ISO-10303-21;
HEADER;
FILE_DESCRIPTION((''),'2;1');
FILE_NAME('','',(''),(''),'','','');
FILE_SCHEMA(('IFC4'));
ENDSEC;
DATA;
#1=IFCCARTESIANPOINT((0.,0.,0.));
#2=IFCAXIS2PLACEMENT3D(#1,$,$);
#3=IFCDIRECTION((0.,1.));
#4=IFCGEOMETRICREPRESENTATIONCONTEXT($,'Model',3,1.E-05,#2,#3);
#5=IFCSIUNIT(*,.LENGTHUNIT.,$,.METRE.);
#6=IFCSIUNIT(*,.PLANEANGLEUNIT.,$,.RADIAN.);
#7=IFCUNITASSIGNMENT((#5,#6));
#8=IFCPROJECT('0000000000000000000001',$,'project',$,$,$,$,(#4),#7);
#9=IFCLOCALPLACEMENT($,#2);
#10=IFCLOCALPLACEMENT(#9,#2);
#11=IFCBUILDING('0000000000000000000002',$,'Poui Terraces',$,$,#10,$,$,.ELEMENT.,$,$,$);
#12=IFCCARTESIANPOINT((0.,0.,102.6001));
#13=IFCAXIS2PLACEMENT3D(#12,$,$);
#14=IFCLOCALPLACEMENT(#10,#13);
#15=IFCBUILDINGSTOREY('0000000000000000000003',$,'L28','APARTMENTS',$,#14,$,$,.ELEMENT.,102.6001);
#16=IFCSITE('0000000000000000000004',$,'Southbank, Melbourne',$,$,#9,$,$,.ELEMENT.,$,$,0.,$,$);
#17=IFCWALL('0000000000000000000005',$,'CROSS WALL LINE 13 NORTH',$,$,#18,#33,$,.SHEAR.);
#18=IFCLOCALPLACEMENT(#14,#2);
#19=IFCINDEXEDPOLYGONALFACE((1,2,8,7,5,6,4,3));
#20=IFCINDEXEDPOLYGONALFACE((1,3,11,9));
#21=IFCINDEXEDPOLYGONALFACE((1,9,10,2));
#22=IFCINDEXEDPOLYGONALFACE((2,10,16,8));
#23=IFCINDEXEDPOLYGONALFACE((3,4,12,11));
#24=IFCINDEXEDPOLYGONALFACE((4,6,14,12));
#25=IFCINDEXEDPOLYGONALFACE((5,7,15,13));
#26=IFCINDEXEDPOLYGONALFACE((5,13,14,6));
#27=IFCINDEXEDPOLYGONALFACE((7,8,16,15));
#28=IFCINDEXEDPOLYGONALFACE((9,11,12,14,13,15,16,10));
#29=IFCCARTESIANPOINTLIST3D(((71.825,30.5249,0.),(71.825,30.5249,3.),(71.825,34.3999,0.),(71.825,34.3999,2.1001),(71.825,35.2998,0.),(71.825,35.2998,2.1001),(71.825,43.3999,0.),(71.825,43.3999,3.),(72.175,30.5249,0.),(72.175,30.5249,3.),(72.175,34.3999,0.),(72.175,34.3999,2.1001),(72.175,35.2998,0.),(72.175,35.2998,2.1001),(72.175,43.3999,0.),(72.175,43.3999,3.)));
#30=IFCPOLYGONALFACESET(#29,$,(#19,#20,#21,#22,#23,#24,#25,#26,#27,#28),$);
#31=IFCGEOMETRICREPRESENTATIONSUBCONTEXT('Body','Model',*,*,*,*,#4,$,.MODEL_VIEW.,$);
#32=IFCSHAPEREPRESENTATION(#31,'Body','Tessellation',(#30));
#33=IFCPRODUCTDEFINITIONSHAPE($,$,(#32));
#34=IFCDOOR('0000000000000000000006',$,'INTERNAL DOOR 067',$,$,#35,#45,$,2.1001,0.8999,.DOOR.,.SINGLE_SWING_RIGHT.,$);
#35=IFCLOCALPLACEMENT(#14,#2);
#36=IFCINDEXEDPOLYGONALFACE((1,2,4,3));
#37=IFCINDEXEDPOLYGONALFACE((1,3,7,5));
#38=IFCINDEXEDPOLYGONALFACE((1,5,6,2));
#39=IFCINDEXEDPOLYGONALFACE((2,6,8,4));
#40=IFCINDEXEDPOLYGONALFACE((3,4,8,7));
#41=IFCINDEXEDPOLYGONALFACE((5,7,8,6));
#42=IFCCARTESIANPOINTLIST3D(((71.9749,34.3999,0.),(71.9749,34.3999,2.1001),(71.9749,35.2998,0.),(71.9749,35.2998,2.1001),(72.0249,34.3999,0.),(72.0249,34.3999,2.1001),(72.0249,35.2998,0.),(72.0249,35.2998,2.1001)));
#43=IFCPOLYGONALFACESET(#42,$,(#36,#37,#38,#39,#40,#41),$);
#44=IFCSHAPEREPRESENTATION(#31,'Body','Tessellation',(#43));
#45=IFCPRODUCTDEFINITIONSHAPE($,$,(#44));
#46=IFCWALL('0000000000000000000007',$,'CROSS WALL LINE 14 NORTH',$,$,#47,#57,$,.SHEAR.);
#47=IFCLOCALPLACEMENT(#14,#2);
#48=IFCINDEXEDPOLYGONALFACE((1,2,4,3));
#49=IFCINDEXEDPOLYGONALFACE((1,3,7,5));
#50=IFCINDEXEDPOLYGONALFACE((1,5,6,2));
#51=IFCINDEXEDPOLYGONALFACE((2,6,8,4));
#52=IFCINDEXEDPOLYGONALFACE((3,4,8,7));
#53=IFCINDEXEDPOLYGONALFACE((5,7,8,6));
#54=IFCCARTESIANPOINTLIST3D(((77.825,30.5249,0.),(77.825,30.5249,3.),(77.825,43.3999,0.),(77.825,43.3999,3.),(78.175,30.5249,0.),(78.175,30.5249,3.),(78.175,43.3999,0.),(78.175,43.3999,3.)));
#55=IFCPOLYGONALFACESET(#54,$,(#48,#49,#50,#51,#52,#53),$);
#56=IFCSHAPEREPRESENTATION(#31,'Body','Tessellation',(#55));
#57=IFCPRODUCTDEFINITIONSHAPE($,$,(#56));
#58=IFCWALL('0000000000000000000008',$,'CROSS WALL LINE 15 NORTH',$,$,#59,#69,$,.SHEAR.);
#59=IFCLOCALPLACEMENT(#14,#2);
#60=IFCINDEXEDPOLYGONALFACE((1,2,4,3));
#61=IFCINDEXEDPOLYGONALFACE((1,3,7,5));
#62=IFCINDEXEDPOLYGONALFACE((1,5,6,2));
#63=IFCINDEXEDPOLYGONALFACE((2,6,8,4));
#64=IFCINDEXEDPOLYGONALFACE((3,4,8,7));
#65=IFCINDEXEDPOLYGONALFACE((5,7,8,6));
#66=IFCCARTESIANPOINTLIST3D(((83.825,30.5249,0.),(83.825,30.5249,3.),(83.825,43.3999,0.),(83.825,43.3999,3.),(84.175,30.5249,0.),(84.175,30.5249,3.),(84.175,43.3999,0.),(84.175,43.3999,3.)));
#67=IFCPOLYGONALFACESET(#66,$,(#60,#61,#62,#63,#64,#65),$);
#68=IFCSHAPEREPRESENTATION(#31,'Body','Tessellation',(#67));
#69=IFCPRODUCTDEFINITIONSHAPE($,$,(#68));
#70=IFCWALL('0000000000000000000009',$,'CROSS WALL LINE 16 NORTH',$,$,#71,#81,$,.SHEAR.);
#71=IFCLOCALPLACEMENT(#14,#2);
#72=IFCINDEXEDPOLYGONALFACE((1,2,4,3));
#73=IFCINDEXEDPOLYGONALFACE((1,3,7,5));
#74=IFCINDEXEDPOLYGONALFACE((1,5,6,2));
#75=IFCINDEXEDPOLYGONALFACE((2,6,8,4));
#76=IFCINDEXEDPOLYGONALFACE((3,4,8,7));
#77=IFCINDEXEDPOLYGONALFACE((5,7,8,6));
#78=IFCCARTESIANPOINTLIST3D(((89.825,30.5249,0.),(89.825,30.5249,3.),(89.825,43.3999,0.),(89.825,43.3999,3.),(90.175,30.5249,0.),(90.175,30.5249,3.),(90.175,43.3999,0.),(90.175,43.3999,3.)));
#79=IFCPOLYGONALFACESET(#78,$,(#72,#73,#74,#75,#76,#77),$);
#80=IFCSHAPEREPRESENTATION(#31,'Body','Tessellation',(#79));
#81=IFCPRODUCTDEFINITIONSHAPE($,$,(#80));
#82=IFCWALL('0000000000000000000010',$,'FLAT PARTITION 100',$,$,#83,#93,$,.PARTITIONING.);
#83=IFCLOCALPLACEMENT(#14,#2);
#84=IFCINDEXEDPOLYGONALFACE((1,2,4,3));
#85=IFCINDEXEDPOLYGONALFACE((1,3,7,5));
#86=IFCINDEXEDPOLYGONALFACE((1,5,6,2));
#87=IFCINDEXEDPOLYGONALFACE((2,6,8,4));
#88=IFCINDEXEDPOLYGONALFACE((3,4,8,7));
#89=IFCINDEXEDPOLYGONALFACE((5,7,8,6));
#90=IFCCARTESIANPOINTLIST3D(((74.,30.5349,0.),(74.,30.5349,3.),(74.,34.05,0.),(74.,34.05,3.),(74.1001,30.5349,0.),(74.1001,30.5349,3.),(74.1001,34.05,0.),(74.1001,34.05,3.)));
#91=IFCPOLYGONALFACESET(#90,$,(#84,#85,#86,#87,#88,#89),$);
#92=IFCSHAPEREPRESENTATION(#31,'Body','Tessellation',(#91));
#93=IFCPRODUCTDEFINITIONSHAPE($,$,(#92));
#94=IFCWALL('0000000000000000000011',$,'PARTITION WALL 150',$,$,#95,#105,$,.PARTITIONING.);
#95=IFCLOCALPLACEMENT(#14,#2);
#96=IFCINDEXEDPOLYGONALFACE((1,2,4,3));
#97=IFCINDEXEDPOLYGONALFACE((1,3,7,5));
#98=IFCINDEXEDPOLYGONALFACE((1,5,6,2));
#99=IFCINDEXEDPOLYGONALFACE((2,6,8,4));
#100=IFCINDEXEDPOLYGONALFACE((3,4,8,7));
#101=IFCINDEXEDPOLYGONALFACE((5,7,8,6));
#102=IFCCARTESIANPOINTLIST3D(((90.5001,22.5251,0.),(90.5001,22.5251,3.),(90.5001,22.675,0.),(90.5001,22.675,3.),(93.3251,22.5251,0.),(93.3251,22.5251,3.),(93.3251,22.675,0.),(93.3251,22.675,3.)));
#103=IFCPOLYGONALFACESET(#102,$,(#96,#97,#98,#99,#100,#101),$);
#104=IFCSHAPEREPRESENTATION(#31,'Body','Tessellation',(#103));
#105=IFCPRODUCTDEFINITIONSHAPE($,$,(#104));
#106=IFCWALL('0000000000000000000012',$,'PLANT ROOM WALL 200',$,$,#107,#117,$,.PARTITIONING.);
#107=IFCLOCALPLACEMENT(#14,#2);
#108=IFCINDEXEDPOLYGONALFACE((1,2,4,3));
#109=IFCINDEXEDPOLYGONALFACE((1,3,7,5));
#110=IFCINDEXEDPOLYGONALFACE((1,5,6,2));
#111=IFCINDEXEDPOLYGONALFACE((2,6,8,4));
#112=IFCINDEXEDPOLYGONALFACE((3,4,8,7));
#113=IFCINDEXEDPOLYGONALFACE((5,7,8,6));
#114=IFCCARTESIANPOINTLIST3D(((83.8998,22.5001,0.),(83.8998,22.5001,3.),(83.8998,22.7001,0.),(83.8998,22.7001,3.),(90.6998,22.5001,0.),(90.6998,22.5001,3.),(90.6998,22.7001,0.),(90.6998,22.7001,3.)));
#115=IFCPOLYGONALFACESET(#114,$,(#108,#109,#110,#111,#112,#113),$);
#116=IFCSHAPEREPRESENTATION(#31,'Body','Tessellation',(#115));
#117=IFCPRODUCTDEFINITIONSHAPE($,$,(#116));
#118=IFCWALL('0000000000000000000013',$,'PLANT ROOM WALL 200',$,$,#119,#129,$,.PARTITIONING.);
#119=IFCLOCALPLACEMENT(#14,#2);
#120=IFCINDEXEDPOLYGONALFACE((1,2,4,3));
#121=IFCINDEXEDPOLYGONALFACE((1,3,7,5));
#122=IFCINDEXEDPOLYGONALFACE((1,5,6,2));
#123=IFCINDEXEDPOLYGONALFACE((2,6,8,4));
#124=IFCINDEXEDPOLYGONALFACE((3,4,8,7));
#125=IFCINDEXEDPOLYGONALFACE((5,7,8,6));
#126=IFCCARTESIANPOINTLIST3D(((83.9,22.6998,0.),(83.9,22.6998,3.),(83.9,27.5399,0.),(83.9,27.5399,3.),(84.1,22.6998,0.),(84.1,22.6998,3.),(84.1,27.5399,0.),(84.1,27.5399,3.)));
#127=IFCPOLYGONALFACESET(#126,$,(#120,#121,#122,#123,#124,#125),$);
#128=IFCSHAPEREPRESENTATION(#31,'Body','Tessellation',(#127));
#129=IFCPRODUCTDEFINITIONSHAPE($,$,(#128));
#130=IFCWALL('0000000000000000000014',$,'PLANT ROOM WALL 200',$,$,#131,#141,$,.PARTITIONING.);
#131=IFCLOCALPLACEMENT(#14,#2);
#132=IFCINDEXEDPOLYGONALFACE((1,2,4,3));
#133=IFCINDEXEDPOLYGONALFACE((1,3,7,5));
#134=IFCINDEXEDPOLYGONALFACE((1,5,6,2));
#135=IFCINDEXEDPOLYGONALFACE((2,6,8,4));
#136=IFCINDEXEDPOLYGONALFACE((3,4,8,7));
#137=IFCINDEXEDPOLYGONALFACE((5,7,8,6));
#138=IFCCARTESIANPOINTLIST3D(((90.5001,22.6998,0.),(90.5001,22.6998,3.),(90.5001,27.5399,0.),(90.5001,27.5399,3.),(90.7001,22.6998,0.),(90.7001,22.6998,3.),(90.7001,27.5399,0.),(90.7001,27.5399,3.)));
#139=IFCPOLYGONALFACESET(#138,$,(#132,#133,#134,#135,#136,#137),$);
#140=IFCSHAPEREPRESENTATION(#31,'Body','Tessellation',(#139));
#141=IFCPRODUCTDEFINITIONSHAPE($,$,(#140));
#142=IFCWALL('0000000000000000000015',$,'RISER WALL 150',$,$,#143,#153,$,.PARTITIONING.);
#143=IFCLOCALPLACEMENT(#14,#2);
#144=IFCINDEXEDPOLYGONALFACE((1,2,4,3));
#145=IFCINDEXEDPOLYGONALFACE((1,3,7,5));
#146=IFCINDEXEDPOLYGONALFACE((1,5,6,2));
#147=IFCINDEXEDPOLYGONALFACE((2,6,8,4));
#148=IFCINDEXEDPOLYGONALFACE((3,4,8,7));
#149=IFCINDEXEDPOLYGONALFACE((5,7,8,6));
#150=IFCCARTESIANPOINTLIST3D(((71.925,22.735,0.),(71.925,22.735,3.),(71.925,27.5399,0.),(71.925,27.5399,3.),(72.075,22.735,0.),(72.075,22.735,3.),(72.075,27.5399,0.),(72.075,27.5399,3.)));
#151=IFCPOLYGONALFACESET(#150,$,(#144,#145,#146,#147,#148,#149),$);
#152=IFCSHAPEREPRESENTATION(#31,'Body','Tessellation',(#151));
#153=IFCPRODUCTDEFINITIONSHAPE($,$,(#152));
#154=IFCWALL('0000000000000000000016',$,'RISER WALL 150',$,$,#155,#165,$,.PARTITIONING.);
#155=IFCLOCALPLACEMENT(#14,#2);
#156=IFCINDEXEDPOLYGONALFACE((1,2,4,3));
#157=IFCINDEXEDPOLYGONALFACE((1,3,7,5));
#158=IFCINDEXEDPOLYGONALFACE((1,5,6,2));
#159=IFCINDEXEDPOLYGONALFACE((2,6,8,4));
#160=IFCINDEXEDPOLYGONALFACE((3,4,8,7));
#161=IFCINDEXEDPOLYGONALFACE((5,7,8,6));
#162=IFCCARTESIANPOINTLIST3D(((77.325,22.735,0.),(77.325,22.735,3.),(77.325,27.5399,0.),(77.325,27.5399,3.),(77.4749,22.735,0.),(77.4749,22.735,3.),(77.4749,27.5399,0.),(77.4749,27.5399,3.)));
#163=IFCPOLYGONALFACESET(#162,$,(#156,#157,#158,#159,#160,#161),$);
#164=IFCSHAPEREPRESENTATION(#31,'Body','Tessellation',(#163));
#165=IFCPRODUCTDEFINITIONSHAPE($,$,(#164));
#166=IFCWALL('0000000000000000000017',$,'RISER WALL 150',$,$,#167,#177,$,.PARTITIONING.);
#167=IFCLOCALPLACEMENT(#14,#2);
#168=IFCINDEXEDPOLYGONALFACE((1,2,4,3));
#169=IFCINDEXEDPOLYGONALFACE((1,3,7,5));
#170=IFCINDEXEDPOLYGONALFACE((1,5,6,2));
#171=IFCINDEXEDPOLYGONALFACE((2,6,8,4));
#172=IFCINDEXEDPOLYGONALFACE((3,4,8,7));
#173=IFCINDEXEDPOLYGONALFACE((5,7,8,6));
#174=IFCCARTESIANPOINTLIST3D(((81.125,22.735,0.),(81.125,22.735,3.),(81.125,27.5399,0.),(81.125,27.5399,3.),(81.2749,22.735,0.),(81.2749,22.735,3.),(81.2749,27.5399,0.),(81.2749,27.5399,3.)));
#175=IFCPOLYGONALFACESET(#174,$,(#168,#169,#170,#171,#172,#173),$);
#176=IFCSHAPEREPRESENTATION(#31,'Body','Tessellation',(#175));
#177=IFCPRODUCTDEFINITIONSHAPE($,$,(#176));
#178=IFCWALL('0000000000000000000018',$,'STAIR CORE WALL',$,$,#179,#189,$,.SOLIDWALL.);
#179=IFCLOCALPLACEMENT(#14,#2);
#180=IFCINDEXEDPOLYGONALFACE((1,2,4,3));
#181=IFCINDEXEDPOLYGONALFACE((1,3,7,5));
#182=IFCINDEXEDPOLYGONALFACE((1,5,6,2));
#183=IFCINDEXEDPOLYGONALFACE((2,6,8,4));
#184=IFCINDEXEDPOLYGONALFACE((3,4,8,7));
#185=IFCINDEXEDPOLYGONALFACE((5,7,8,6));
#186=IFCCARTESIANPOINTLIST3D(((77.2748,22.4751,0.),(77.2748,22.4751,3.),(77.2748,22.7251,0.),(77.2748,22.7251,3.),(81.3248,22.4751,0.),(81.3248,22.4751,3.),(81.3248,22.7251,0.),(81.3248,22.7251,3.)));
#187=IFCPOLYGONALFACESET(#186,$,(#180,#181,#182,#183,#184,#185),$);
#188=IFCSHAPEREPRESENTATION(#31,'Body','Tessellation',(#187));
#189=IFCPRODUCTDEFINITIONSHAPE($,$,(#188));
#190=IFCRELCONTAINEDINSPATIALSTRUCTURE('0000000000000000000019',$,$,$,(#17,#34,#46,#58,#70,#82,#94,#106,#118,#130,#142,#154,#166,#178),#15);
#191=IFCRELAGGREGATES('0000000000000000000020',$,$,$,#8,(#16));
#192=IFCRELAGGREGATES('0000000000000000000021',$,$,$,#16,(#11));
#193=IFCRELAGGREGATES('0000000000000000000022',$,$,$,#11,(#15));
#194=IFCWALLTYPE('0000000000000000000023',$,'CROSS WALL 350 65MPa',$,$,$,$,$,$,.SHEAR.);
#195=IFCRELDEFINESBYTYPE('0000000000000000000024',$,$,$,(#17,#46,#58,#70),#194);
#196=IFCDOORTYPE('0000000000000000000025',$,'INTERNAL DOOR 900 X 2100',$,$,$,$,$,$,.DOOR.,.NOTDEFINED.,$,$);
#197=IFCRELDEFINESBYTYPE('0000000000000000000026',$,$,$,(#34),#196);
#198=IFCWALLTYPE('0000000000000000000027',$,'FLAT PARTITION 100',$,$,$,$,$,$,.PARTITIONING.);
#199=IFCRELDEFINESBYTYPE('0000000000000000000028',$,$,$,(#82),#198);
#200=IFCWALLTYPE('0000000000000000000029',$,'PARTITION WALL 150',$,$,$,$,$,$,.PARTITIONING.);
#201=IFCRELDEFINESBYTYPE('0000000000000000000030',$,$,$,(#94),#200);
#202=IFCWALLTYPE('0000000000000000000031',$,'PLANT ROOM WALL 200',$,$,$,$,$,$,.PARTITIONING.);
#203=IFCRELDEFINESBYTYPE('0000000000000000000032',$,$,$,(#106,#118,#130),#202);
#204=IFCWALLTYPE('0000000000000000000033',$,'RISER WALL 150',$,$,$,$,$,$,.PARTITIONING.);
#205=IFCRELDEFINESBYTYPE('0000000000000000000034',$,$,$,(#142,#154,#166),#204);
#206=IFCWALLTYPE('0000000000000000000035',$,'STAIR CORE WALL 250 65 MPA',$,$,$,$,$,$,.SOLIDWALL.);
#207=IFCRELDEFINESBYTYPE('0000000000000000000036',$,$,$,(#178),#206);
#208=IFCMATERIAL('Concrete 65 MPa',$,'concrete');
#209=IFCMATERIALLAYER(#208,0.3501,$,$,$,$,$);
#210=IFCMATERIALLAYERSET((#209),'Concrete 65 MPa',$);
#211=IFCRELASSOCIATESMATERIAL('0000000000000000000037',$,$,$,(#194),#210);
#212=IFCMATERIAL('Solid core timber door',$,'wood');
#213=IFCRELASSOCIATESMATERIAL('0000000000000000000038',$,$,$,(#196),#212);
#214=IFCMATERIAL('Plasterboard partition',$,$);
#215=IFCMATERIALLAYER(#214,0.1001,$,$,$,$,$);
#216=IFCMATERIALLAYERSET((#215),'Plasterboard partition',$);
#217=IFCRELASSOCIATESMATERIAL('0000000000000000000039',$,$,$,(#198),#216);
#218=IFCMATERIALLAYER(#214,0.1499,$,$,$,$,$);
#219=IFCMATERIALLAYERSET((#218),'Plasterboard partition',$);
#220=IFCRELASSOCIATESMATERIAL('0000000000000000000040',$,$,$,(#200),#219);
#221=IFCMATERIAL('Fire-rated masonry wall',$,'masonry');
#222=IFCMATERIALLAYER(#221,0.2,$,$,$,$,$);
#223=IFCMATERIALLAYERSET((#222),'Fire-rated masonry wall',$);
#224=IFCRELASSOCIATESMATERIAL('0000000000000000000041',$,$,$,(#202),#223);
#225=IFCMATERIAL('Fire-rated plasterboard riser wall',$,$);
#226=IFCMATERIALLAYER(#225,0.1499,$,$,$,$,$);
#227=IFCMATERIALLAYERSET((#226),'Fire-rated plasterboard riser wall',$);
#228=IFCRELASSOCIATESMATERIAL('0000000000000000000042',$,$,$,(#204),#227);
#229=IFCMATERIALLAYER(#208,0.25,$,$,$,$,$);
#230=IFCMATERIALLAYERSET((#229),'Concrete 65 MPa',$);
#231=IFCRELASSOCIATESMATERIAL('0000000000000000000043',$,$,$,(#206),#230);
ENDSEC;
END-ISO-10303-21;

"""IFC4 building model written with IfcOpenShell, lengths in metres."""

from ifc_helpers import new_model, si_unit, direction, frame, frame_2d, origin, place, context, subcontext, project, spatial, rectangle, extrude, material, layer, layer_set, type_object, element, fill, save


model = new_model("IFC4")

# Units and contexts
model_context = context("Model", 3, precision=1e-05, world=origin(), true_north=direction((0.0, 1.0)))
body_context = subcontext(model_context, "Body", "Model", "MODEL_VIEW")
ifc_project = project(units=[si_unit("LENGTHUNIT", "METRE"), si_unit("PLANEANGLEUNIT", "RADIAN")], contexts=[model_context])

# Site, building, storey
site_placement = place(None, origin())
site = spatial("IfcSite", under=ifc_project, at=site_placement, Name="Southbank, Melbourne", CompositionType="ELEMENT", RefElevation=0.0)
building_placement = place(site_placement, origin())
building = spatial("IfcBuilding", under=site, at=building_placement, Name="Poui Terraces", CompositionType="ELEMENT")
storey_placement = place(building_placement, frame((0.0, 0.0, 102.6001)))
storey = spatial("IfcBuildingStorey", under=building, at=storey_placement, Name="L28", Description="APARTMENTS", CompositionType="ELEMENT", Elevation=102.6001)

# Shared definitions
ifc_material_1 = material(Name="Concrete 65 MPa", Category="concrete")

# Wall, opening, door
ifc_material_2 = material(Name="Solid core timber door", Category="wood")
ifc_layer_1 = layer(ifc_material_1, 0.3501)
ifc_layer_set_1 = layer_set([ifc_layer_1], Name="Concrete 65 MPa")
wall_type_1 = type_object("IfcWallType", Name="CROSS WALL 350 65MPa", PredefinedType="SHEAR", material=ifc_layer_set_1)
wall_1_placement = place(storey_placement, frame((72.0, 30.5249, 0.0), z_axis=(0.0, 0.0, 1.0), x_axis=(0.0, 1.0, 0.0)))
wall_1 = element("IfcWall", 1, at=wall_1_placement, inside=storey, type_object=wall_type_1, Name="CROSS WALL LINE 13 NORTH", PredefinedType="SHEAR", context=body_context, shape_type="SweptSolid", body=[
    extrude(rectangle(XDim=12.875, YDim=0.3501, at=frame_2d((6.4375, 0.0))), origin(), (0.0, 0.0, 1.0), 3.0),
])
opening_1_placement = place(wall_1_placement, frame((3.875, 0.0, 0.0)))
opening_1 = element("IfcOpeningElement", 2, at=opening_1_placement, cuts=wall_1, PredefinedType="OPENING", context=body_context, shape_type="SweptSolid", body=[
    extrude(rectangle(XDim=0.8999, YDim=2.1001, at=frame_2d((0.45, 1.05))), frame((0.0, 0.1851, 0.0), z_axis=(0.0, -1.0, 0.0), x_axis=(1.0, 0.0, 0.0)), (0.0, 0.0, 1.0), 0.3701),
])
door_type_1 = type_object("IfcDoorType", Name="INTERNAL DOOR 900 X 2100", OperationType="NOTDEFINED", PredefinedType="DOOR", material=ifc_material_2)
door_1_placement = place(opening_1_placement, frame((0.8999, 0.0, 0.0), z_axis=(0.0, 0.0, 1.0), x_axis=(-1.0, 0.0, 0.0)))
door_1 = element("IfcDoor", 3, at=door_1_placement, inside=storey, type_object=door_type_1, Name="INTERNAL DOOR 067", OperationType="SINGLE_SWING_RIGHT", OverallHeight=2.1001, OverallWidth=0.8999, PredefinedType="DOOR", context=body_context, shape_type="SweptSolid", body=[
    extrude(rectangle(XDim=0.8999, YDim=2.1001, at=frame_2d((0.45, 1.05))), frame((0.0, 0.0249, 0.0), z_axis=(0.0, -1.0, 0.0), x_axis=(1.0, 0.0, 0.0)), (0.0, 0.0, 1.0), 0.05),
])
fill(opening_1, door_1)

# Walls
for number, where, z_axis, x_axis, name in (
    (4, (78.0, 30.5249, 0.0), (0.0, 0.0, 1.0), (0.0, 1.0, 0.0), "CROSS WALL LINE 14 NORTH"),
    (5, (84.0, 30.5249, 0.0), (0.0, 0.0, 1.0), (0.0, 1.0, 0.0), "CROSS WALL LINE 15 NORTH"),
    (6, (90.0, 30.5249, 0.0), (0.0, 0.0, 1.0), (0.0, 1.0, 0.0), "CROSS WALL LINE 16 NORTH"),
):
    element("IfcWall", number, at=place(storey_placement, frame(where, z_axis=z_axis, x_axis=x_axis)), inside=storey, type_object=wall_type_1, Name=name, PredefinedType="SHEAR", context=body_context, shape_type="SweptSolid", body=[
        extrude(rectangle(XDim=12.875, YDim=0.3501, at=frame_2d((6.4375, 0.0))), origin(), (0.0, 0.0, 1.0), 3.0),
    ])
ifc_material_3 = material(Name="Plasterboard partition")
ifc_layer_2 = layer(ifc_material_3, 0.1001)
ifc_layer_set_2 = layer_set([ifc_layer_2], Name="Plasterboard partition")
wall_type_2 = type_object("IfcWallType", Name="FLAT PARTITION 100", PredefinedType="PARTITIONING", material=ifc_layer_set_2)
wall_2_placement = place(storey_placement, frame((74.05, 30.5349, 0.0), z_axis=(0.0, 0.0, 1.0), x_axis=(0.0, 1.0, 0.0)))
element("IfcWall", 7, at=wall_2_placement, inside=storey, type_object=wall_type_2, Name="FLAT PARTITION 100", PredefinedType="PARTITIONING", context=body_context, shape_type="SweptSolid", body=[
    extrude(rectangle(XDim=3.5151, YDim=0.1001, at=frame_2d((1.7576, 0.0))), origin(), (0.0, 0.0, 1.0), 3.0),
])
ifc_layer_3 = layer(ifc_material_3, 0.1499)
ifc_layer_set_3 = layer_set([ifc_layer_3], Name="Plasterboard partition")
wall_type_3 = type_object("IfcWallType", Name="PARTITION WALL 150", PredefinedType="PARTITIONING", material=ifc_layer_set_3)
wall_3_placement = place(storey_placement, frame((90.5, 22.6001, 0.0), z_axis=(0.0, 0.0, 1.0), x_axis=(1.0, 0.0, 0.0)))
element("IfcWall", 8, at=wall_3_placement, inside=storey, type_object=wall_type_3, Name="PARTITION WALL 150", PredefinedType="PARTITIONING", context=body_context, shape_type="SweptSolid", body=[
    extrude(rectangle(XDim=2.825, YDim=0.1499, at=frame_2d((1.4126, 0.0))), origin(), (0.0, 0.0, 1.0), 3.0),
])
ifc_material_4 = material(Name="Fire-rated masonry wall", Category="masonry")
ifc_layer_4 = layer(ifc_material_4, 0.2)
ifc_layer_set_4 = layer_set([ifc_layer_4], Name="Fire-rated masonry wall")
wall_type_4 = type_object("IfcWallType", Name="PLANT ROOM WALL 200", PredefinedType="PARTITIONING", material=ifc_layer_set_4)
wall_4_placement = place(storey_placement, frame((83.8999, 22.6001, 0.0), z_axis=(0.0, 0.0, 1.0), x_axis=(1.0, 0.0, 0.0)))
element("IfcWall", 9, at=wall_4_placement, inside=storey, type_object=wall_type_4, Name="PLANT ROOM WALL 200", PredefinedType="PARTITIONING", context=body_context, shape_type="SweptSolid", body=[
    extrude(rectangle(XDim=6.8, YDim=0.2, at=frame_2d((3.3999, 0.0))), origin(), (0.0, 0.0, 1.0), 3.0),
])
for number, where, z_axis, x_axis, name in (
    (10, (84.0, 22.7, 0.0), (0.0, 0.0, 1.0), (0.0, 1.0, 0.0), "PLANT ROOM WALL 200"),
    (11, (90.6001, 22.7, 0.0), (0.0, 0.0, 1.0), (0.0, 1.0, 0.0), "PLANT ROOM WALL 200"),
):
    element("IfcWall", number, at=place(storey_placement, frame(where, z_axis=z_axis, x_axis=x_axis)), inside=storey, type_object=wall_type_4, Name=name, PredefinedType="PARTITIONING", context=body_context, shape_type="SweptSolid", body=[
        extrude(rectangle(XDim=4.8401, YDim=0.2, at=frame_2d((2.4199, 0.0))), origin(), (0.0, 0.0, 1.0), 3.0),
    ])
ifc_material_5 = material(Name="Fire-rated plasterboard riser wall")
ifc_layer_5 = layer(ifc_material_5, 0.1499)
ifc_layer_set_5 = layer_set([ifc_layer_5], Name="Fire-rated plasterboard riser wall")
wall_type_5 = type_object("IfcWallType", Name="RISER WALL 150", PredefinedType="PARTITIONING", material=ifc_layer_set_5)
for number, where, z_axis, x_axis, name in (
    (12, (72.0, 22.7351, 0.0), (0.0, 0.0, 1.0), (0.0, 1.0, 0.0), "RISER WALL 150"),
    (13, (77.3999, 22.7351, 0.0), (0.0, 0.0, 1.0), (0.0, 1.0, 0.0), "RISER WALL 150"),
    (14, (81.2, 22.7351, 0.0), (0.0, 0.0, 1.0), (0.0, 1.0, 0.0), "RISER WALL 150"),
):
    element("IfcWall", number, at=place(storey_placement, frame(where, z_axis=z_axis, x_axis=x_axis)), inside=storey, type_object=wall_type_5, Name=name, PredefinedType="PARTITIONING", context=body_context, shape_type="SweptSolid", body=[
        extrude(rectangle(XDim=4.8049, YDim=0.1499, at=frame_2d((2.4023, 0.0))), origin(), (0.0, 0.0, 1.0), 3.0),
    ])
ifc_layer_6 = layer(ifc_material_1, 0.25)
ifc_layer_set_6 = layer_set([ifc_layer_6], Name="Concrete 65 MPa")
wall_type_6 = type_object("IfcWallType", Name="STAIR CORE WALL 250 65 MPA", PredefinedType="SOLIDWALL", material=ifc_layer_set_6)
wall_5_placement = place(storey_placement, frame((77.2749, 22.6001, 0.0), z_axis=(0.0, 0.0, 1.0), x_axis=(1.0, 0.0, 0.0)))
element("IfcWall", 15, at=wall_5_placement, inside=storey, type_object=wall_type_6, Name="STAIR CORE WALL", PredefinedType="SOLIDWALL", context=body_context, shape_type="SweptSolid", body=[
    extrude(rectangle(XDim=4.05, YDim=0.25, at=frame_2d((2.0249, 0.0))), origin(), (0.0, 0.0, 1.0), 3.0),
])

save(model, "model.ifc")
